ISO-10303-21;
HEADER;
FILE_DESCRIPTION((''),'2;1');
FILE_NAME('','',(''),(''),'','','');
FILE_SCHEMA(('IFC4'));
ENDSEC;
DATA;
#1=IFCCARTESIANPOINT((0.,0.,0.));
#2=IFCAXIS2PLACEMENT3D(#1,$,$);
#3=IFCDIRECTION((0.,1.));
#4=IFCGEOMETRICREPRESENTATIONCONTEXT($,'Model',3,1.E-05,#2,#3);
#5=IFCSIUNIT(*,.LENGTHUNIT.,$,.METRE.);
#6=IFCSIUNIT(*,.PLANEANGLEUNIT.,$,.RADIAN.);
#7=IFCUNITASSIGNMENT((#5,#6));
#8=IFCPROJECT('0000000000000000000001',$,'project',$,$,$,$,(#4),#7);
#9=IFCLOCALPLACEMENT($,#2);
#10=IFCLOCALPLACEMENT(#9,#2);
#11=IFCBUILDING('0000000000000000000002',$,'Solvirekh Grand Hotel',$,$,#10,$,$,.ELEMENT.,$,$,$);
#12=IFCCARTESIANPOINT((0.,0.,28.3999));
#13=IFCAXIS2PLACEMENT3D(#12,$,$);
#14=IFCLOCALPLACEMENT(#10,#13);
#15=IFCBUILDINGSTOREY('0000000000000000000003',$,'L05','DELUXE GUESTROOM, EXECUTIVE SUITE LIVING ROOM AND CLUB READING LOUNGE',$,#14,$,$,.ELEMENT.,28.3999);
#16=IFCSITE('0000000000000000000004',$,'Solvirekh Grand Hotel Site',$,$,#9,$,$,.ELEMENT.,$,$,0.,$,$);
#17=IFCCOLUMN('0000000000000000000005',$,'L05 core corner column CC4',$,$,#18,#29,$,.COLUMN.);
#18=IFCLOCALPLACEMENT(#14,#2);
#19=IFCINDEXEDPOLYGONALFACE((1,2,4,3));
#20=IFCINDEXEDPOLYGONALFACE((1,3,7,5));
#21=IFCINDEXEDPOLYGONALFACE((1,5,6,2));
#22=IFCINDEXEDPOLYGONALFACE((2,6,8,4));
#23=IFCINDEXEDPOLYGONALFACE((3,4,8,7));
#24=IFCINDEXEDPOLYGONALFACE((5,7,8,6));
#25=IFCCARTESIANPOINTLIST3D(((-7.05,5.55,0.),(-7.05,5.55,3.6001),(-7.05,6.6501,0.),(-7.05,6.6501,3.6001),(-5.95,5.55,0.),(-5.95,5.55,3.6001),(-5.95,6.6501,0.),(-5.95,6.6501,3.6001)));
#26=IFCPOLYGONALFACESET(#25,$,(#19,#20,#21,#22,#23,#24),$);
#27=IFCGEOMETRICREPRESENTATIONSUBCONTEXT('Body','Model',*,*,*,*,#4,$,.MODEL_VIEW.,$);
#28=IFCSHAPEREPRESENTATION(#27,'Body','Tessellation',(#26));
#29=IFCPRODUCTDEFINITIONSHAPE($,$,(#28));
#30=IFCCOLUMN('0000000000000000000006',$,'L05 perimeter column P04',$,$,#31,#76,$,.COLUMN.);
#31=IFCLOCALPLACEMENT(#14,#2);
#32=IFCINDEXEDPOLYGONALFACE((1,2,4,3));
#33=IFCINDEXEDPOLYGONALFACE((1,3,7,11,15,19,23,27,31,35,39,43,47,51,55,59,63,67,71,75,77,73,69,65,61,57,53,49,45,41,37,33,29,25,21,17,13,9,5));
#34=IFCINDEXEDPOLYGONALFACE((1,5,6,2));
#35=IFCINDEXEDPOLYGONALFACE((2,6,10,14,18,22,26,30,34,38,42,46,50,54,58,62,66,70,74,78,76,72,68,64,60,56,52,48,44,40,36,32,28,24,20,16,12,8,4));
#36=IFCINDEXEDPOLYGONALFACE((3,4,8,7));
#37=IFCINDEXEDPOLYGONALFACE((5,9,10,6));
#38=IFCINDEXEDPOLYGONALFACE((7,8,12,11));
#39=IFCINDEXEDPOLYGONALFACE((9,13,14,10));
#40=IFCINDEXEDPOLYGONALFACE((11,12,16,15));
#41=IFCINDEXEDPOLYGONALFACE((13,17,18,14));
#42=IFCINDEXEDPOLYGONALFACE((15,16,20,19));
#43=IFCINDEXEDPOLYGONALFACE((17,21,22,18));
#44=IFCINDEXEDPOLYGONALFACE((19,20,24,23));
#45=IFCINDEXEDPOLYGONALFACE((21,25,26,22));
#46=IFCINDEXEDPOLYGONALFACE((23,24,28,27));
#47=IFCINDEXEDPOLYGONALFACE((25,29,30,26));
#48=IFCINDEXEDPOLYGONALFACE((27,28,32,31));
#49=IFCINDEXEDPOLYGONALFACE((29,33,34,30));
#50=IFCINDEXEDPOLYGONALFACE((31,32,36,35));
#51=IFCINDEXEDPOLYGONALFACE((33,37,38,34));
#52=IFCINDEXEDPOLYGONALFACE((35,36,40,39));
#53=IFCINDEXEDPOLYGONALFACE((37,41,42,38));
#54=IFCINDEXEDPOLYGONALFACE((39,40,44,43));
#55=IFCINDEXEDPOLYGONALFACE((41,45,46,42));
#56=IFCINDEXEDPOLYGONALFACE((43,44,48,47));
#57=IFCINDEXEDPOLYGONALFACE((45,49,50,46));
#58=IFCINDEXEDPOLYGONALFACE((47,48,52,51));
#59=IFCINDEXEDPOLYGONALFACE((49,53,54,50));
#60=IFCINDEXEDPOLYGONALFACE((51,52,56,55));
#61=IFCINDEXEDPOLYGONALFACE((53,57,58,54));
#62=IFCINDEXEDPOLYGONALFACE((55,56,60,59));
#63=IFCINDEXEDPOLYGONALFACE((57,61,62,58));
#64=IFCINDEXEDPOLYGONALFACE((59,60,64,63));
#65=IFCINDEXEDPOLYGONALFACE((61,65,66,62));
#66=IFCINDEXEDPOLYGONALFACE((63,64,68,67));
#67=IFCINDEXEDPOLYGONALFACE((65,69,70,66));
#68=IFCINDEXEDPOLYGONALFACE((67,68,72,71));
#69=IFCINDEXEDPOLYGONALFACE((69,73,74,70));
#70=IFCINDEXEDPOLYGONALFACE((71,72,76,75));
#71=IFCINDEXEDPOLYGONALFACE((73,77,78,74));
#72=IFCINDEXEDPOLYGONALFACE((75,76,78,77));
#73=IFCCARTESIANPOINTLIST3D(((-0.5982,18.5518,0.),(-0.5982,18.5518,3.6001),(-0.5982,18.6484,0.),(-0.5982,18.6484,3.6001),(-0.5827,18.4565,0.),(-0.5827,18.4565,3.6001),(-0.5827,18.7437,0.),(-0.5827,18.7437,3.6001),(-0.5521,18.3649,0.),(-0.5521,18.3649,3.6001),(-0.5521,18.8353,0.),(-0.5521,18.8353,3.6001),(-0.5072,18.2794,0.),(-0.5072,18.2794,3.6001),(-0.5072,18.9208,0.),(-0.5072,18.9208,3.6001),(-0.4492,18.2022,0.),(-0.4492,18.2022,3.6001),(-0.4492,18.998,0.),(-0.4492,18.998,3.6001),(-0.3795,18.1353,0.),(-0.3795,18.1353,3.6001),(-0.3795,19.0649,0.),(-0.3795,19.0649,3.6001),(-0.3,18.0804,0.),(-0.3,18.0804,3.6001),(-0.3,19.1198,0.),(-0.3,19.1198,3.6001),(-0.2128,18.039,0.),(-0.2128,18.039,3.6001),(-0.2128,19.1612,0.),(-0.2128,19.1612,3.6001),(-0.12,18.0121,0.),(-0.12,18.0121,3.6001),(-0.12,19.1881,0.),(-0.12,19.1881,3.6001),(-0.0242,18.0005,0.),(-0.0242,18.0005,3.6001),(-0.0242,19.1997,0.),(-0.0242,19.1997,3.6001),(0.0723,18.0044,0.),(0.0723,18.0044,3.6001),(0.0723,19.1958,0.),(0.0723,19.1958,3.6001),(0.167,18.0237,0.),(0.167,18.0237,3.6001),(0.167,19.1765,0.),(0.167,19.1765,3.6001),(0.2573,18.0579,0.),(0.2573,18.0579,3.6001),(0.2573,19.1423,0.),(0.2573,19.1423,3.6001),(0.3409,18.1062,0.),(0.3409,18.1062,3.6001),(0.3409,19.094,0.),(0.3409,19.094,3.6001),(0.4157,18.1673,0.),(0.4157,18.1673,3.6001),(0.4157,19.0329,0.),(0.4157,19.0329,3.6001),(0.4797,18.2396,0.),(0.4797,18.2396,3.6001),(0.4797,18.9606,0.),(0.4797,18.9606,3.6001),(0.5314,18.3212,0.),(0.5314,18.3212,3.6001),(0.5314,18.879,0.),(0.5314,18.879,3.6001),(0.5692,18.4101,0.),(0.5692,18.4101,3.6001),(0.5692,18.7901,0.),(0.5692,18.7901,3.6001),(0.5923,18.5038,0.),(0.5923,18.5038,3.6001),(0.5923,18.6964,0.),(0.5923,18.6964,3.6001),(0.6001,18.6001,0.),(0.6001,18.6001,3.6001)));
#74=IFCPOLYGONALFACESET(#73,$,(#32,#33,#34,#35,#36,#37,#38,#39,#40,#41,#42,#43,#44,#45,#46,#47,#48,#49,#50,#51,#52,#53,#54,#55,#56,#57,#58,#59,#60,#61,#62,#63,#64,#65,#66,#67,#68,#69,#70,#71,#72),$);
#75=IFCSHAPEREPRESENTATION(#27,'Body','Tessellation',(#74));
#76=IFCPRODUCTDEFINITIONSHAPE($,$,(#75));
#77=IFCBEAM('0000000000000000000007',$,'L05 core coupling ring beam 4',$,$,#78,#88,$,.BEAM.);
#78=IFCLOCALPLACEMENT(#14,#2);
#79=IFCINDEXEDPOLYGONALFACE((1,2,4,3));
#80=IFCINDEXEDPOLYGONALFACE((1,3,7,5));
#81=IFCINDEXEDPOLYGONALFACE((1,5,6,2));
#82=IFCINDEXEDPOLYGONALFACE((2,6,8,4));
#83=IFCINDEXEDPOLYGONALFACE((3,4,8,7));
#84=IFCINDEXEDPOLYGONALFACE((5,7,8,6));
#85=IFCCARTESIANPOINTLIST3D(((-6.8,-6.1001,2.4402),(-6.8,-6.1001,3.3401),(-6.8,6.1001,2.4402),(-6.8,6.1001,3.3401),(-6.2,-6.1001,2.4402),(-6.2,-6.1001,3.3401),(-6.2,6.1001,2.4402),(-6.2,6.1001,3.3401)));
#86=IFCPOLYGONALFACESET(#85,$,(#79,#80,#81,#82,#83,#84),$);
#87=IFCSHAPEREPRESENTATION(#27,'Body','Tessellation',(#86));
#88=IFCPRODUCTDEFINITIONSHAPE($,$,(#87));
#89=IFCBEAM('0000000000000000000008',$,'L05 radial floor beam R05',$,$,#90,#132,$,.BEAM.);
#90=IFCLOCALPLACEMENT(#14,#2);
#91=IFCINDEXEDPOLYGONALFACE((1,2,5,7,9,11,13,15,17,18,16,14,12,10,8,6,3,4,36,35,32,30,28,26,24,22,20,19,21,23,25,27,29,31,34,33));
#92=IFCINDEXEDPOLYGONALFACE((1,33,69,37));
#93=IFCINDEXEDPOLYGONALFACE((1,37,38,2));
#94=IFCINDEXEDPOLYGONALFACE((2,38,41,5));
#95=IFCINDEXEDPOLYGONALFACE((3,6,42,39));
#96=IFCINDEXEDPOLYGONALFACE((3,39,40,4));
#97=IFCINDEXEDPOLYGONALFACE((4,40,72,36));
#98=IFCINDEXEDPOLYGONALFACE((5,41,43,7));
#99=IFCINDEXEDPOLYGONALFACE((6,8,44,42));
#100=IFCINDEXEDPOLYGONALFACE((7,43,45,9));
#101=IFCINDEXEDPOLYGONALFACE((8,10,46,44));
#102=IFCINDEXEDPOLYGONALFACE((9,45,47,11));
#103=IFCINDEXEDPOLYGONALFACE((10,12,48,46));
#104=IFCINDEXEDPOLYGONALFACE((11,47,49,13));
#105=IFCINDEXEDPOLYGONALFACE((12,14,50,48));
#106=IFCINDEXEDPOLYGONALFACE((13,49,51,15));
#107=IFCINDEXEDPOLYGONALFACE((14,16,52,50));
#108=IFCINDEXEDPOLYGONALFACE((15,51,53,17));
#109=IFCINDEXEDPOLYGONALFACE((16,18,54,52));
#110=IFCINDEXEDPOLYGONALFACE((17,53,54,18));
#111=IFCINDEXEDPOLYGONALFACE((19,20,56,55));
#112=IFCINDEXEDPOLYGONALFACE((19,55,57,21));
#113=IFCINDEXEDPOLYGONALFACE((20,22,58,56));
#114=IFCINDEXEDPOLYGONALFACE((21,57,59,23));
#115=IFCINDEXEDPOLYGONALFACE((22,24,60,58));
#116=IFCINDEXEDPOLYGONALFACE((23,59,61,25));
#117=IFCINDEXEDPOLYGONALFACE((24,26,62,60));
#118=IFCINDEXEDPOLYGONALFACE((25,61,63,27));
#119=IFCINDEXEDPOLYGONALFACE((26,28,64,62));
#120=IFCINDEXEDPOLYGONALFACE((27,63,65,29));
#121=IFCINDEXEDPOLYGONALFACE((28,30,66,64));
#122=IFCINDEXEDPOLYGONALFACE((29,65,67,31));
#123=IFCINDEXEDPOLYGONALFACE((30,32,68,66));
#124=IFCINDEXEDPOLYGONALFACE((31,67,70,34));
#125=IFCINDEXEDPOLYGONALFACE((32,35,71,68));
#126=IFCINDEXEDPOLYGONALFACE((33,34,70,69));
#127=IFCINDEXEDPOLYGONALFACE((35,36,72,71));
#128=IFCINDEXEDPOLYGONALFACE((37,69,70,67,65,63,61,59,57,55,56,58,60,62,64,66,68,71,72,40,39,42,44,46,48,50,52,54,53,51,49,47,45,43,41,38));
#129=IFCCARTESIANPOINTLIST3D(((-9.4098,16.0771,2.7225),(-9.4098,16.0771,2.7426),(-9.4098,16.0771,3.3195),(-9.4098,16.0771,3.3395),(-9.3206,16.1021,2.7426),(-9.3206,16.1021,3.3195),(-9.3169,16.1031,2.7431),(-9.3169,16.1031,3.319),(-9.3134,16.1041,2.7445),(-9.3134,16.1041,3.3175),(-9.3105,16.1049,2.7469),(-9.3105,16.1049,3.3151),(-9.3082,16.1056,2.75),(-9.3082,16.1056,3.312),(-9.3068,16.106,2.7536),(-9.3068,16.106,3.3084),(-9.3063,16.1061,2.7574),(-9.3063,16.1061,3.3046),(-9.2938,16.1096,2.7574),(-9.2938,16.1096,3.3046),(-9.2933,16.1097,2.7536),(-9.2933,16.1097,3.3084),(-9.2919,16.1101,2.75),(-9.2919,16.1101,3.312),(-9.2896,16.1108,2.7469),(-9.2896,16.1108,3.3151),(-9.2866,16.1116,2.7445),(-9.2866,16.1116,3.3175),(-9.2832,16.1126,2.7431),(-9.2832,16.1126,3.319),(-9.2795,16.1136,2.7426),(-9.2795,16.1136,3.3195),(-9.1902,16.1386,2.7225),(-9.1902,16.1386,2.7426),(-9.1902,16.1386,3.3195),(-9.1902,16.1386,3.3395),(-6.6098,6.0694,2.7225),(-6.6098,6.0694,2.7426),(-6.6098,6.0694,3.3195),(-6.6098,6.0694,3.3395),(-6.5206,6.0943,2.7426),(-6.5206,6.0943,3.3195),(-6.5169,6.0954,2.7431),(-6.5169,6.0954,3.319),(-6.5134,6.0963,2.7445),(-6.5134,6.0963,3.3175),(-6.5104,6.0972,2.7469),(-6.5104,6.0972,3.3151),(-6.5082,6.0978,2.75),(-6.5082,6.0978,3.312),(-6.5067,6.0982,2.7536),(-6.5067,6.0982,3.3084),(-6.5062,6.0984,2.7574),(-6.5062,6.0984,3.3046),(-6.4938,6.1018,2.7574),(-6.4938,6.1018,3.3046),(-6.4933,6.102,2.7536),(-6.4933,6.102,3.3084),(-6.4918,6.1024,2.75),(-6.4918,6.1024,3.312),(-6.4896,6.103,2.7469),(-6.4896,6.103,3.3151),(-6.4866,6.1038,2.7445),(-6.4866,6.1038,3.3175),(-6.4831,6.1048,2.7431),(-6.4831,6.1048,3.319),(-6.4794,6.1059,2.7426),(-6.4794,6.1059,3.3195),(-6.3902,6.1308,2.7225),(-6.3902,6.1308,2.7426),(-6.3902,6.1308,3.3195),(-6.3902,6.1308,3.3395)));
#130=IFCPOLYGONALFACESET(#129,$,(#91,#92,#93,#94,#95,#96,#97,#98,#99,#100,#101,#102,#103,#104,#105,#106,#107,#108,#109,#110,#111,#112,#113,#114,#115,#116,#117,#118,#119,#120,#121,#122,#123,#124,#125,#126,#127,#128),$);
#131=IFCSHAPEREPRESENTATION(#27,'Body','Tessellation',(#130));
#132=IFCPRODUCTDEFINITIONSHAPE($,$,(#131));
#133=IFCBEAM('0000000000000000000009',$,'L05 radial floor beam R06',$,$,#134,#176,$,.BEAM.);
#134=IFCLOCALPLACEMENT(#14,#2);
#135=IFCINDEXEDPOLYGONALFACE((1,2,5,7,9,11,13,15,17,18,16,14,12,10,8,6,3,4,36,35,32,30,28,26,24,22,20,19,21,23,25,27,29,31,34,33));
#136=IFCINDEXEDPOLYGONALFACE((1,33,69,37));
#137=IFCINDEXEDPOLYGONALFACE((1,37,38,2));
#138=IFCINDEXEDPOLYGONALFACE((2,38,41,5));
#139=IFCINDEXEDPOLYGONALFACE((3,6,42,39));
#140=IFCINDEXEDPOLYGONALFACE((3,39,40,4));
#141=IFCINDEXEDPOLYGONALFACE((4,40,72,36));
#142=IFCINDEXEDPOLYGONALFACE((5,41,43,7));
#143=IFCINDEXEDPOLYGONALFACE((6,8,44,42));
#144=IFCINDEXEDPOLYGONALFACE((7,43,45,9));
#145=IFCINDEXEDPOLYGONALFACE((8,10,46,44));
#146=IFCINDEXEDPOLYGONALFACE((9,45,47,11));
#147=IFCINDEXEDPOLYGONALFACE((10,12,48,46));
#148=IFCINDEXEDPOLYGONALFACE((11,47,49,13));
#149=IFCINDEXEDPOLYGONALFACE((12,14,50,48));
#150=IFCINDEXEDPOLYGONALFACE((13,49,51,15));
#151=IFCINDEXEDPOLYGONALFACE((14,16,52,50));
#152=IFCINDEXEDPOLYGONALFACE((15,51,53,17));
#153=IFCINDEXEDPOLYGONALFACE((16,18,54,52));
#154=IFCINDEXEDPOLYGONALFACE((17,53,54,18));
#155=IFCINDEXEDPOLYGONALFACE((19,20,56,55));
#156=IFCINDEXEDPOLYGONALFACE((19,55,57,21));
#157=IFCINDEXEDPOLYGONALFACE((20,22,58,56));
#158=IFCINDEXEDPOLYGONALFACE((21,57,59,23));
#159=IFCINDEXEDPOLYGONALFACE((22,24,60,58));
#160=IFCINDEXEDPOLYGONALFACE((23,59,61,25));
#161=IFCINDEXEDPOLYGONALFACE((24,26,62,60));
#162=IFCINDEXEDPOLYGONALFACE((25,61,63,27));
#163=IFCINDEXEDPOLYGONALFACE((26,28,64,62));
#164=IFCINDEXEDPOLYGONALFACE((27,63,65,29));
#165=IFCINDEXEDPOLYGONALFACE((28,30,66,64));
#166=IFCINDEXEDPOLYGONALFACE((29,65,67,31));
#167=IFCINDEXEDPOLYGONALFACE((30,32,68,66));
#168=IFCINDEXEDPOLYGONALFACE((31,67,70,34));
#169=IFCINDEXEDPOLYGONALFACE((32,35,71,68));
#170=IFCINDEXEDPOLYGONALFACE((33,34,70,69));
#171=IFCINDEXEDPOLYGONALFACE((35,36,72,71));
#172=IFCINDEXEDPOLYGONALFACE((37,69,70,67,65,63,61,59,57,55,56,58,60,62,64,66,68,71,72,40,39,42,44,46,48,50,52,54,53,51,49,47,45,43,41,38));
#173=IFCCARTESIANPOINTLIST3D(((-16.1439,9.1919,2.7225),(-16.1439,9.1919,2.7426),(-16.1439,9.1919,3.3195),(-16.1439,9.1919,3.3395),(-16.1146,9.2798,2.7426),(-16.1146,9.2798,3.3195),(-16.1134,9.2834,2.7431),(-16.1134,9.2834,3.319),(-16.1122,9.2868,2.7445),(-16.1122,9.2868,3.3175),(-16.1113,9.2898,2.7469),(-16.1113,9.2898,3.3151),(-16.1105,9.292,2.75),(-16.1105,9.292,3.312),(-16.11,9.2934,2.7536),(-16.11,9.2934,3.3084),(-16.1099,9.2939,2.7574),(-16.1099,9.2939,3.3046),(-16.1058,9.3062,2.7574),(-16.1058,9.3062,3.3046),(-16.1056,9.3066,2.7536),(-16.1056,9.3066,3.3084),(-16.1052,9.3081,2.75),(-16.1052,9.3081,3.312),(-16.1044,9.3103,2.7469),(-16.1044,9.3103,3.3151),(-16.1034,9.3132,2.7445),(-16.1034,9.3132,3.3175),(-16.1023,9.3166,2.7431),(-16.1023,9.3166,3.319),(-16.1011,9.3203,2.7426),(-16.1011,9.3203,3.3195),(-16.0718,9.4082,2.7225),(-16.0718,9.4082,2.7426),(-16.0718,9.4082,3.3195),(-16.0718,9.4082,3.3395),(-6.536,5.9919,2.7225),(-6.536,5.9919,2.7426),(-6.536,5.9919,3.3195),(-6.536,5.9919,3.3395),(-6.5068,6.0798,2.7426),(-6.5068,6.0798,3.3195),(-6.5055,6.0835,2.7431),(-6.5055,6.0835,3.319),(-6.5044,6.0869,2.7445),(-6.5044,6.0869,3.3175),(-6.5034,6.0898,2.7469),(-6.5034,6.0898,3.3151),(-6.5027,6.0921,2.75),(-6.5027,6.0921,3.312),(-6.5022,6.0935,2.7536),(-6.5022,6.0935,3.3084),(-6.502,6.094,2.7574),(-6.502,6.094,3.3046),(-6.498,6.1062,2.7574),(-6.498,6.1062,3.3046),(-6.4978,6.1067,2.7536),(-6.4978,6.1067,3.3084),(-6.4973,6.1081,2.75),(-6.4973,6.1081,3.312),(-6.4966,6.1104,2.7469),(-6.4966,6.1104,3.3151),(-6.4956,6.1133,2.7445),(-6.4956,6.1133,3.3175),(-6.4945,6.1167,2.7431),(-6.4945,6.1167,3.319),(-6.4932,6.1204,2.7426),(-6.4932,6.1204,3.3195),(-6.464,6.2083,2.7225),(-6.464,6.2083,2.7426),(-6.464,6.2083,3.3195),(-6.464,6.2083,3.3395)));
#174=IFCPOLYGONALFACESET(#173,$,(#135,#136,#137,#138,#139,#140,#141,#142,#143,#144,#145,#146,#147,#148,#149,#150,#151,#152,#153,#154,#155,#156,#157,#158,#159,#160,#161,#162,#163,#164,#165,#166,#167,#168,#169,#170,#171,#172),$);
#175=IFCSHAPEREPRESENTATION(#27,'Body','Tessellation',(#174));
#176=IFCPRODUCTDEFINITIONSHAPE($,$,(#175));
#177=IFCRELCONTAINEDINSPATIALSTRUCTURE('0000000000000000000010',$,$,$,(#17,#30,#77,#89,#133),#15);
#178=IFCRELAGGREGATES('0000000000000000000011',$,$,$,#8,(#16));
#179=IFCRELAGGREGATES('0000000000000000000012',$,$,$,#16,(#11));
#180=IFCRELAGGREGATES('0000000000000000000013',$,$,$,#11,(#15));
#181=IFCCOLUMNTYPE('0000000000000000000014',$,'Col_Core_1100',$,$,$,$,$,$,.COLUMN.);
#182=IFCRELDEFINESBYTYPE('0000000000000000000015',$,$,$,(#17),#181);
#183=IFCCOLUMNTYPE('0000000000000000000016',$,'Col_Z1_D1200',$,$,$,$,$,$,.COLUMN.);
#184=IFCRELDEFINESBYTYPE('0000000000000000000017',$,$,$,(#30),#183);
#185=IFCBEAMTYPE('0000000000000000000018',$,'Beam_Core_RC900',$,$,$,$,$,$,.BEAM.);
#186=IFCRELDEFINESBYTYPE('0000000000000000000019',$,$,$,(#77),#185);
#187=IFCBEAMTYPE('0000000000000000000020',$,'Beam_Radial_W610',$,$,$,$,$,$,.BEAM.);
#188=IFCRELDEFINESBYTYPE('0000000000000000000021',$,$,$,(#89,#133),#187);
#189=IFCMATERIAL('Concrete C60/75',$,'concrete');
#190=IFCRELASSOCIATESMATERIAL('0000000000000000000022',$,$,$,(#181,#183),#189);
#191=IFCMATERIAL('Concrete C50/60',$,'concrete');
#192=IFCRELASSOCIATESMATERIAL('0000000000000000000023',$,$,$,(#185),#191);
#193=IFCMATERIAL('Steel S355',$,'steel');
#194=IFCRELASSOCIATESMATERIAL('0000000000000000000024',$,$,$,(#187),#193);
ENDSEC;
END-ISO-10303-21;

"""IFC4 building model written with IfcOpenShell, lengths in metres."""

from ifc_helpers import new_model, si_unit, direction, frame, origin, origin_2d, place, context, subcontext, project, spatial, rectangle, circle, i_section, extrude, material, material_profile, profile_set, type_object, element, save


model = new_model("IFC4")

# Units and contexts
model_context = context("Model", 3, precision=1e-05, world=origin(), true_north=direction((0.0, 1.0)))
body_context = subcontext(model_context, "Body", "Model", "MODEL_VIEW")
ifc_project = project(units=[si_unit("LENGTHUNIT", "METRE"), si_unit("PLANEANGLEUNIT", "RADIAN")], contexts=[model_context])

# Site, building, storey
site_placement = place(None, origin())
site = spatial("IfcSite", under=ifc_project, at=site_placement, Name="Solvirekh Grand Hotel Site", CompositionType="ELEMENT", RefElevation=0.0)
building_placement = place(site_placement, origin())
building = spatial("IfcBuilding", under=site, at=building_placement, Name="Solvirekh Grand Hotel", CompositionType="ELEMENT")
storey_placement = place(building_placement, frame((0.0, 0.0, 28.3999)))
storey = spatial("IfcBuildingStorey", under=building, at=storey_placement, Name="L05", Description="DELUXE GUESTROOM, EXECUTIVE SUITE LIVING ROOM AND CLUB READING LOUNGE", CompositionType="ELEMENT", Elevation=28.3999)

# Columns
ifc_material_1 = material(Name="Concrete C60/75", Category="concrete")
ifc_material_profile_1 = material_profile(ifc_material_1, rectangle(XDim=1.1001, YDim=1.1001, at=origin_2d()), Name="RC 1100X1100")
ifc_profile_set_1 = profile_set([ifc_material_profile_1], Name="Concrete C60/75")
column_type_1 = type_object("IfcColumnType", Name="Col_Core_1100", PredefinedType="COLUMN", material=ifc_profile_set_1)
column_1_placement = place(storey_placement, frame((-6.5, 6.1001, 0.0), z_axis=(0.0, 0.0, 1.0), x_axis=(1.0, 0.0, 0.0)))
element("IfcColumn", 1, at=column_1_placement, inside=storey, type_object=column_type_1, Name="L05 core corner column CC4", PredefinedType="COLUMN", context=body_context, shape_type="SweptSolid", body=[
    extrude(rectangle(XDim=1.1001, YDim=1.1001, at=origin_2d()), origin(), (0.0, 0.0, 1.0), 3.6001),
])
ifc_material_profile_2 = material_profile(ifc_material_1, circle(Radius=0.6001, at=origin_2d()), Name="RC CIRC D1200")
ifc_profile_set_2 = profile_set([ifc_material_profile_2], Name="Concrete C60/75")
column_type_2 = type_object("IfcColumnType", Name="Col_Z1_D1200", PredefinedType="COLUMN", material=ifc_profile_set_2)
column_2_placement = place(storey_placement, frame((0.0, 18.6001, 0.0), z_axis=(0.0, 0.0, 1.0), x_axis=(1.0, 0.0, 0.0)))
element("IfcColumn", 2, at=column_2_placement, inside=storey, type_object=column_type_2, Name="L05 perimeter column P04", PredefinedType="COLUMN", context=body_context, shape_type="SweptSolid", body=[
    extrude(circle(Radius=0.6001, at=origin_2d()), origin(), (0.0, 0.0, 1.0), 3.6001),
])

# Beams
ifc_material_2 = material(Name="Concrete C50/60", Category="concrete")
ifc_material_profile_3 = material_profile(ifc_material_2, rectangle(XDim=0.6001, YDim=0.8999, at=origin_2d()), Name="RC BEAM 600X900")
ifc_profile_set_3 = profile_set([ifc_material_profile_3], Name="Concrete C50/60")
beam_type_1 = type_object("IfcBeamType", Name="Beam_Core_RC900", PredefinedType="BEAM", material=ifc_profile_set_3)
beam_1_placement = place(storey_placement, frame((-6.5, 6.1001, 2.8901), z_axis=(0.0, -1.0, 0.0), x_axis=(1.0, 0.0, 0.0)))
element("IfcBeam", 3, at=beam_1_placement, inside=storey, type_object=beam_type_1, Name="L05 core coupling ring beam 4", PredefinedType="BEAM", context=body_context, shape_type="SweptSolid", body=[
    extrude(rectangle(XDim=0.6001, YDim=0.8999, at=origin_2d()), origin(), (0.0, 0.0, 1.0), 12.2002),
])
ifc_material_3 = material(Name="Steel S355", Category="steel")
ifc_material_profile_4 = material_profile(ifc_material_3, i_section(OverallWidth=0.228, OverallDepth=0.6169, WebThickness=0.0129, FlangeThickness=0.02, FilletRadius=0.0149, at=origin_2d()), Name="W610X140")
ifc_profile_set_4 = profile_set([ifc_material_profile_4], Name="Steel S355")
beam_type_2 = type_object("IfcBeamType", Name="Beam_Radial_W610", PredefinedType="BEAM", material=ifc_profile_set_4)
beam_2_placement = place(storey_placement, frame((-6.5, 6.1001, 3.031), z_axis=(-0.269439, 0.963017, 0.0), x_axis=(-0.963017, -0.269439, 0.0)))
element("IfcBeam", 4, at=beam_2_placement, inside=storey, type_object=beam_type_2, Name="L05 radial floor beam R05", PredefinedType="BEAM", context=body_context, shape_type="SweptSolid", body=[
    extrude(i_section(OverallWidth=0.228, OverallDepth=0.6169, WebThickness=0.0129, FlangeThickness=0.02, FilletRadius=0.0149, at=origin_2d()), origin(), (0.0, 0.0, 1.0), 10.3921),
])
beam_3_placement = place(storey_placement, frame((-6.5, 6.1001, 3.031), z_axis=(-0.948763, 0.315989, 0.0), x_axis=(-0.315989, -0.948763, 0.0)))
element("IfcBeam", 5, at=beam_3_placement, inside=storey, type_object=beam_type_2, Name="L05 radial floor beam R06", PredefinedType="BEAM", context=body_context, shape_type="SweptSolid", body=[
    extrude(i_section(OverallWidth=0.228, OverallDepth=0.6169, WebThickness=0.0129, FlangeThickness=0.02, FilletRadius=0.0149, at=origin_2d()), origin(), (0.0, 0.0, 1.0), 10.1267),
])

save(model, "model.ifc")
